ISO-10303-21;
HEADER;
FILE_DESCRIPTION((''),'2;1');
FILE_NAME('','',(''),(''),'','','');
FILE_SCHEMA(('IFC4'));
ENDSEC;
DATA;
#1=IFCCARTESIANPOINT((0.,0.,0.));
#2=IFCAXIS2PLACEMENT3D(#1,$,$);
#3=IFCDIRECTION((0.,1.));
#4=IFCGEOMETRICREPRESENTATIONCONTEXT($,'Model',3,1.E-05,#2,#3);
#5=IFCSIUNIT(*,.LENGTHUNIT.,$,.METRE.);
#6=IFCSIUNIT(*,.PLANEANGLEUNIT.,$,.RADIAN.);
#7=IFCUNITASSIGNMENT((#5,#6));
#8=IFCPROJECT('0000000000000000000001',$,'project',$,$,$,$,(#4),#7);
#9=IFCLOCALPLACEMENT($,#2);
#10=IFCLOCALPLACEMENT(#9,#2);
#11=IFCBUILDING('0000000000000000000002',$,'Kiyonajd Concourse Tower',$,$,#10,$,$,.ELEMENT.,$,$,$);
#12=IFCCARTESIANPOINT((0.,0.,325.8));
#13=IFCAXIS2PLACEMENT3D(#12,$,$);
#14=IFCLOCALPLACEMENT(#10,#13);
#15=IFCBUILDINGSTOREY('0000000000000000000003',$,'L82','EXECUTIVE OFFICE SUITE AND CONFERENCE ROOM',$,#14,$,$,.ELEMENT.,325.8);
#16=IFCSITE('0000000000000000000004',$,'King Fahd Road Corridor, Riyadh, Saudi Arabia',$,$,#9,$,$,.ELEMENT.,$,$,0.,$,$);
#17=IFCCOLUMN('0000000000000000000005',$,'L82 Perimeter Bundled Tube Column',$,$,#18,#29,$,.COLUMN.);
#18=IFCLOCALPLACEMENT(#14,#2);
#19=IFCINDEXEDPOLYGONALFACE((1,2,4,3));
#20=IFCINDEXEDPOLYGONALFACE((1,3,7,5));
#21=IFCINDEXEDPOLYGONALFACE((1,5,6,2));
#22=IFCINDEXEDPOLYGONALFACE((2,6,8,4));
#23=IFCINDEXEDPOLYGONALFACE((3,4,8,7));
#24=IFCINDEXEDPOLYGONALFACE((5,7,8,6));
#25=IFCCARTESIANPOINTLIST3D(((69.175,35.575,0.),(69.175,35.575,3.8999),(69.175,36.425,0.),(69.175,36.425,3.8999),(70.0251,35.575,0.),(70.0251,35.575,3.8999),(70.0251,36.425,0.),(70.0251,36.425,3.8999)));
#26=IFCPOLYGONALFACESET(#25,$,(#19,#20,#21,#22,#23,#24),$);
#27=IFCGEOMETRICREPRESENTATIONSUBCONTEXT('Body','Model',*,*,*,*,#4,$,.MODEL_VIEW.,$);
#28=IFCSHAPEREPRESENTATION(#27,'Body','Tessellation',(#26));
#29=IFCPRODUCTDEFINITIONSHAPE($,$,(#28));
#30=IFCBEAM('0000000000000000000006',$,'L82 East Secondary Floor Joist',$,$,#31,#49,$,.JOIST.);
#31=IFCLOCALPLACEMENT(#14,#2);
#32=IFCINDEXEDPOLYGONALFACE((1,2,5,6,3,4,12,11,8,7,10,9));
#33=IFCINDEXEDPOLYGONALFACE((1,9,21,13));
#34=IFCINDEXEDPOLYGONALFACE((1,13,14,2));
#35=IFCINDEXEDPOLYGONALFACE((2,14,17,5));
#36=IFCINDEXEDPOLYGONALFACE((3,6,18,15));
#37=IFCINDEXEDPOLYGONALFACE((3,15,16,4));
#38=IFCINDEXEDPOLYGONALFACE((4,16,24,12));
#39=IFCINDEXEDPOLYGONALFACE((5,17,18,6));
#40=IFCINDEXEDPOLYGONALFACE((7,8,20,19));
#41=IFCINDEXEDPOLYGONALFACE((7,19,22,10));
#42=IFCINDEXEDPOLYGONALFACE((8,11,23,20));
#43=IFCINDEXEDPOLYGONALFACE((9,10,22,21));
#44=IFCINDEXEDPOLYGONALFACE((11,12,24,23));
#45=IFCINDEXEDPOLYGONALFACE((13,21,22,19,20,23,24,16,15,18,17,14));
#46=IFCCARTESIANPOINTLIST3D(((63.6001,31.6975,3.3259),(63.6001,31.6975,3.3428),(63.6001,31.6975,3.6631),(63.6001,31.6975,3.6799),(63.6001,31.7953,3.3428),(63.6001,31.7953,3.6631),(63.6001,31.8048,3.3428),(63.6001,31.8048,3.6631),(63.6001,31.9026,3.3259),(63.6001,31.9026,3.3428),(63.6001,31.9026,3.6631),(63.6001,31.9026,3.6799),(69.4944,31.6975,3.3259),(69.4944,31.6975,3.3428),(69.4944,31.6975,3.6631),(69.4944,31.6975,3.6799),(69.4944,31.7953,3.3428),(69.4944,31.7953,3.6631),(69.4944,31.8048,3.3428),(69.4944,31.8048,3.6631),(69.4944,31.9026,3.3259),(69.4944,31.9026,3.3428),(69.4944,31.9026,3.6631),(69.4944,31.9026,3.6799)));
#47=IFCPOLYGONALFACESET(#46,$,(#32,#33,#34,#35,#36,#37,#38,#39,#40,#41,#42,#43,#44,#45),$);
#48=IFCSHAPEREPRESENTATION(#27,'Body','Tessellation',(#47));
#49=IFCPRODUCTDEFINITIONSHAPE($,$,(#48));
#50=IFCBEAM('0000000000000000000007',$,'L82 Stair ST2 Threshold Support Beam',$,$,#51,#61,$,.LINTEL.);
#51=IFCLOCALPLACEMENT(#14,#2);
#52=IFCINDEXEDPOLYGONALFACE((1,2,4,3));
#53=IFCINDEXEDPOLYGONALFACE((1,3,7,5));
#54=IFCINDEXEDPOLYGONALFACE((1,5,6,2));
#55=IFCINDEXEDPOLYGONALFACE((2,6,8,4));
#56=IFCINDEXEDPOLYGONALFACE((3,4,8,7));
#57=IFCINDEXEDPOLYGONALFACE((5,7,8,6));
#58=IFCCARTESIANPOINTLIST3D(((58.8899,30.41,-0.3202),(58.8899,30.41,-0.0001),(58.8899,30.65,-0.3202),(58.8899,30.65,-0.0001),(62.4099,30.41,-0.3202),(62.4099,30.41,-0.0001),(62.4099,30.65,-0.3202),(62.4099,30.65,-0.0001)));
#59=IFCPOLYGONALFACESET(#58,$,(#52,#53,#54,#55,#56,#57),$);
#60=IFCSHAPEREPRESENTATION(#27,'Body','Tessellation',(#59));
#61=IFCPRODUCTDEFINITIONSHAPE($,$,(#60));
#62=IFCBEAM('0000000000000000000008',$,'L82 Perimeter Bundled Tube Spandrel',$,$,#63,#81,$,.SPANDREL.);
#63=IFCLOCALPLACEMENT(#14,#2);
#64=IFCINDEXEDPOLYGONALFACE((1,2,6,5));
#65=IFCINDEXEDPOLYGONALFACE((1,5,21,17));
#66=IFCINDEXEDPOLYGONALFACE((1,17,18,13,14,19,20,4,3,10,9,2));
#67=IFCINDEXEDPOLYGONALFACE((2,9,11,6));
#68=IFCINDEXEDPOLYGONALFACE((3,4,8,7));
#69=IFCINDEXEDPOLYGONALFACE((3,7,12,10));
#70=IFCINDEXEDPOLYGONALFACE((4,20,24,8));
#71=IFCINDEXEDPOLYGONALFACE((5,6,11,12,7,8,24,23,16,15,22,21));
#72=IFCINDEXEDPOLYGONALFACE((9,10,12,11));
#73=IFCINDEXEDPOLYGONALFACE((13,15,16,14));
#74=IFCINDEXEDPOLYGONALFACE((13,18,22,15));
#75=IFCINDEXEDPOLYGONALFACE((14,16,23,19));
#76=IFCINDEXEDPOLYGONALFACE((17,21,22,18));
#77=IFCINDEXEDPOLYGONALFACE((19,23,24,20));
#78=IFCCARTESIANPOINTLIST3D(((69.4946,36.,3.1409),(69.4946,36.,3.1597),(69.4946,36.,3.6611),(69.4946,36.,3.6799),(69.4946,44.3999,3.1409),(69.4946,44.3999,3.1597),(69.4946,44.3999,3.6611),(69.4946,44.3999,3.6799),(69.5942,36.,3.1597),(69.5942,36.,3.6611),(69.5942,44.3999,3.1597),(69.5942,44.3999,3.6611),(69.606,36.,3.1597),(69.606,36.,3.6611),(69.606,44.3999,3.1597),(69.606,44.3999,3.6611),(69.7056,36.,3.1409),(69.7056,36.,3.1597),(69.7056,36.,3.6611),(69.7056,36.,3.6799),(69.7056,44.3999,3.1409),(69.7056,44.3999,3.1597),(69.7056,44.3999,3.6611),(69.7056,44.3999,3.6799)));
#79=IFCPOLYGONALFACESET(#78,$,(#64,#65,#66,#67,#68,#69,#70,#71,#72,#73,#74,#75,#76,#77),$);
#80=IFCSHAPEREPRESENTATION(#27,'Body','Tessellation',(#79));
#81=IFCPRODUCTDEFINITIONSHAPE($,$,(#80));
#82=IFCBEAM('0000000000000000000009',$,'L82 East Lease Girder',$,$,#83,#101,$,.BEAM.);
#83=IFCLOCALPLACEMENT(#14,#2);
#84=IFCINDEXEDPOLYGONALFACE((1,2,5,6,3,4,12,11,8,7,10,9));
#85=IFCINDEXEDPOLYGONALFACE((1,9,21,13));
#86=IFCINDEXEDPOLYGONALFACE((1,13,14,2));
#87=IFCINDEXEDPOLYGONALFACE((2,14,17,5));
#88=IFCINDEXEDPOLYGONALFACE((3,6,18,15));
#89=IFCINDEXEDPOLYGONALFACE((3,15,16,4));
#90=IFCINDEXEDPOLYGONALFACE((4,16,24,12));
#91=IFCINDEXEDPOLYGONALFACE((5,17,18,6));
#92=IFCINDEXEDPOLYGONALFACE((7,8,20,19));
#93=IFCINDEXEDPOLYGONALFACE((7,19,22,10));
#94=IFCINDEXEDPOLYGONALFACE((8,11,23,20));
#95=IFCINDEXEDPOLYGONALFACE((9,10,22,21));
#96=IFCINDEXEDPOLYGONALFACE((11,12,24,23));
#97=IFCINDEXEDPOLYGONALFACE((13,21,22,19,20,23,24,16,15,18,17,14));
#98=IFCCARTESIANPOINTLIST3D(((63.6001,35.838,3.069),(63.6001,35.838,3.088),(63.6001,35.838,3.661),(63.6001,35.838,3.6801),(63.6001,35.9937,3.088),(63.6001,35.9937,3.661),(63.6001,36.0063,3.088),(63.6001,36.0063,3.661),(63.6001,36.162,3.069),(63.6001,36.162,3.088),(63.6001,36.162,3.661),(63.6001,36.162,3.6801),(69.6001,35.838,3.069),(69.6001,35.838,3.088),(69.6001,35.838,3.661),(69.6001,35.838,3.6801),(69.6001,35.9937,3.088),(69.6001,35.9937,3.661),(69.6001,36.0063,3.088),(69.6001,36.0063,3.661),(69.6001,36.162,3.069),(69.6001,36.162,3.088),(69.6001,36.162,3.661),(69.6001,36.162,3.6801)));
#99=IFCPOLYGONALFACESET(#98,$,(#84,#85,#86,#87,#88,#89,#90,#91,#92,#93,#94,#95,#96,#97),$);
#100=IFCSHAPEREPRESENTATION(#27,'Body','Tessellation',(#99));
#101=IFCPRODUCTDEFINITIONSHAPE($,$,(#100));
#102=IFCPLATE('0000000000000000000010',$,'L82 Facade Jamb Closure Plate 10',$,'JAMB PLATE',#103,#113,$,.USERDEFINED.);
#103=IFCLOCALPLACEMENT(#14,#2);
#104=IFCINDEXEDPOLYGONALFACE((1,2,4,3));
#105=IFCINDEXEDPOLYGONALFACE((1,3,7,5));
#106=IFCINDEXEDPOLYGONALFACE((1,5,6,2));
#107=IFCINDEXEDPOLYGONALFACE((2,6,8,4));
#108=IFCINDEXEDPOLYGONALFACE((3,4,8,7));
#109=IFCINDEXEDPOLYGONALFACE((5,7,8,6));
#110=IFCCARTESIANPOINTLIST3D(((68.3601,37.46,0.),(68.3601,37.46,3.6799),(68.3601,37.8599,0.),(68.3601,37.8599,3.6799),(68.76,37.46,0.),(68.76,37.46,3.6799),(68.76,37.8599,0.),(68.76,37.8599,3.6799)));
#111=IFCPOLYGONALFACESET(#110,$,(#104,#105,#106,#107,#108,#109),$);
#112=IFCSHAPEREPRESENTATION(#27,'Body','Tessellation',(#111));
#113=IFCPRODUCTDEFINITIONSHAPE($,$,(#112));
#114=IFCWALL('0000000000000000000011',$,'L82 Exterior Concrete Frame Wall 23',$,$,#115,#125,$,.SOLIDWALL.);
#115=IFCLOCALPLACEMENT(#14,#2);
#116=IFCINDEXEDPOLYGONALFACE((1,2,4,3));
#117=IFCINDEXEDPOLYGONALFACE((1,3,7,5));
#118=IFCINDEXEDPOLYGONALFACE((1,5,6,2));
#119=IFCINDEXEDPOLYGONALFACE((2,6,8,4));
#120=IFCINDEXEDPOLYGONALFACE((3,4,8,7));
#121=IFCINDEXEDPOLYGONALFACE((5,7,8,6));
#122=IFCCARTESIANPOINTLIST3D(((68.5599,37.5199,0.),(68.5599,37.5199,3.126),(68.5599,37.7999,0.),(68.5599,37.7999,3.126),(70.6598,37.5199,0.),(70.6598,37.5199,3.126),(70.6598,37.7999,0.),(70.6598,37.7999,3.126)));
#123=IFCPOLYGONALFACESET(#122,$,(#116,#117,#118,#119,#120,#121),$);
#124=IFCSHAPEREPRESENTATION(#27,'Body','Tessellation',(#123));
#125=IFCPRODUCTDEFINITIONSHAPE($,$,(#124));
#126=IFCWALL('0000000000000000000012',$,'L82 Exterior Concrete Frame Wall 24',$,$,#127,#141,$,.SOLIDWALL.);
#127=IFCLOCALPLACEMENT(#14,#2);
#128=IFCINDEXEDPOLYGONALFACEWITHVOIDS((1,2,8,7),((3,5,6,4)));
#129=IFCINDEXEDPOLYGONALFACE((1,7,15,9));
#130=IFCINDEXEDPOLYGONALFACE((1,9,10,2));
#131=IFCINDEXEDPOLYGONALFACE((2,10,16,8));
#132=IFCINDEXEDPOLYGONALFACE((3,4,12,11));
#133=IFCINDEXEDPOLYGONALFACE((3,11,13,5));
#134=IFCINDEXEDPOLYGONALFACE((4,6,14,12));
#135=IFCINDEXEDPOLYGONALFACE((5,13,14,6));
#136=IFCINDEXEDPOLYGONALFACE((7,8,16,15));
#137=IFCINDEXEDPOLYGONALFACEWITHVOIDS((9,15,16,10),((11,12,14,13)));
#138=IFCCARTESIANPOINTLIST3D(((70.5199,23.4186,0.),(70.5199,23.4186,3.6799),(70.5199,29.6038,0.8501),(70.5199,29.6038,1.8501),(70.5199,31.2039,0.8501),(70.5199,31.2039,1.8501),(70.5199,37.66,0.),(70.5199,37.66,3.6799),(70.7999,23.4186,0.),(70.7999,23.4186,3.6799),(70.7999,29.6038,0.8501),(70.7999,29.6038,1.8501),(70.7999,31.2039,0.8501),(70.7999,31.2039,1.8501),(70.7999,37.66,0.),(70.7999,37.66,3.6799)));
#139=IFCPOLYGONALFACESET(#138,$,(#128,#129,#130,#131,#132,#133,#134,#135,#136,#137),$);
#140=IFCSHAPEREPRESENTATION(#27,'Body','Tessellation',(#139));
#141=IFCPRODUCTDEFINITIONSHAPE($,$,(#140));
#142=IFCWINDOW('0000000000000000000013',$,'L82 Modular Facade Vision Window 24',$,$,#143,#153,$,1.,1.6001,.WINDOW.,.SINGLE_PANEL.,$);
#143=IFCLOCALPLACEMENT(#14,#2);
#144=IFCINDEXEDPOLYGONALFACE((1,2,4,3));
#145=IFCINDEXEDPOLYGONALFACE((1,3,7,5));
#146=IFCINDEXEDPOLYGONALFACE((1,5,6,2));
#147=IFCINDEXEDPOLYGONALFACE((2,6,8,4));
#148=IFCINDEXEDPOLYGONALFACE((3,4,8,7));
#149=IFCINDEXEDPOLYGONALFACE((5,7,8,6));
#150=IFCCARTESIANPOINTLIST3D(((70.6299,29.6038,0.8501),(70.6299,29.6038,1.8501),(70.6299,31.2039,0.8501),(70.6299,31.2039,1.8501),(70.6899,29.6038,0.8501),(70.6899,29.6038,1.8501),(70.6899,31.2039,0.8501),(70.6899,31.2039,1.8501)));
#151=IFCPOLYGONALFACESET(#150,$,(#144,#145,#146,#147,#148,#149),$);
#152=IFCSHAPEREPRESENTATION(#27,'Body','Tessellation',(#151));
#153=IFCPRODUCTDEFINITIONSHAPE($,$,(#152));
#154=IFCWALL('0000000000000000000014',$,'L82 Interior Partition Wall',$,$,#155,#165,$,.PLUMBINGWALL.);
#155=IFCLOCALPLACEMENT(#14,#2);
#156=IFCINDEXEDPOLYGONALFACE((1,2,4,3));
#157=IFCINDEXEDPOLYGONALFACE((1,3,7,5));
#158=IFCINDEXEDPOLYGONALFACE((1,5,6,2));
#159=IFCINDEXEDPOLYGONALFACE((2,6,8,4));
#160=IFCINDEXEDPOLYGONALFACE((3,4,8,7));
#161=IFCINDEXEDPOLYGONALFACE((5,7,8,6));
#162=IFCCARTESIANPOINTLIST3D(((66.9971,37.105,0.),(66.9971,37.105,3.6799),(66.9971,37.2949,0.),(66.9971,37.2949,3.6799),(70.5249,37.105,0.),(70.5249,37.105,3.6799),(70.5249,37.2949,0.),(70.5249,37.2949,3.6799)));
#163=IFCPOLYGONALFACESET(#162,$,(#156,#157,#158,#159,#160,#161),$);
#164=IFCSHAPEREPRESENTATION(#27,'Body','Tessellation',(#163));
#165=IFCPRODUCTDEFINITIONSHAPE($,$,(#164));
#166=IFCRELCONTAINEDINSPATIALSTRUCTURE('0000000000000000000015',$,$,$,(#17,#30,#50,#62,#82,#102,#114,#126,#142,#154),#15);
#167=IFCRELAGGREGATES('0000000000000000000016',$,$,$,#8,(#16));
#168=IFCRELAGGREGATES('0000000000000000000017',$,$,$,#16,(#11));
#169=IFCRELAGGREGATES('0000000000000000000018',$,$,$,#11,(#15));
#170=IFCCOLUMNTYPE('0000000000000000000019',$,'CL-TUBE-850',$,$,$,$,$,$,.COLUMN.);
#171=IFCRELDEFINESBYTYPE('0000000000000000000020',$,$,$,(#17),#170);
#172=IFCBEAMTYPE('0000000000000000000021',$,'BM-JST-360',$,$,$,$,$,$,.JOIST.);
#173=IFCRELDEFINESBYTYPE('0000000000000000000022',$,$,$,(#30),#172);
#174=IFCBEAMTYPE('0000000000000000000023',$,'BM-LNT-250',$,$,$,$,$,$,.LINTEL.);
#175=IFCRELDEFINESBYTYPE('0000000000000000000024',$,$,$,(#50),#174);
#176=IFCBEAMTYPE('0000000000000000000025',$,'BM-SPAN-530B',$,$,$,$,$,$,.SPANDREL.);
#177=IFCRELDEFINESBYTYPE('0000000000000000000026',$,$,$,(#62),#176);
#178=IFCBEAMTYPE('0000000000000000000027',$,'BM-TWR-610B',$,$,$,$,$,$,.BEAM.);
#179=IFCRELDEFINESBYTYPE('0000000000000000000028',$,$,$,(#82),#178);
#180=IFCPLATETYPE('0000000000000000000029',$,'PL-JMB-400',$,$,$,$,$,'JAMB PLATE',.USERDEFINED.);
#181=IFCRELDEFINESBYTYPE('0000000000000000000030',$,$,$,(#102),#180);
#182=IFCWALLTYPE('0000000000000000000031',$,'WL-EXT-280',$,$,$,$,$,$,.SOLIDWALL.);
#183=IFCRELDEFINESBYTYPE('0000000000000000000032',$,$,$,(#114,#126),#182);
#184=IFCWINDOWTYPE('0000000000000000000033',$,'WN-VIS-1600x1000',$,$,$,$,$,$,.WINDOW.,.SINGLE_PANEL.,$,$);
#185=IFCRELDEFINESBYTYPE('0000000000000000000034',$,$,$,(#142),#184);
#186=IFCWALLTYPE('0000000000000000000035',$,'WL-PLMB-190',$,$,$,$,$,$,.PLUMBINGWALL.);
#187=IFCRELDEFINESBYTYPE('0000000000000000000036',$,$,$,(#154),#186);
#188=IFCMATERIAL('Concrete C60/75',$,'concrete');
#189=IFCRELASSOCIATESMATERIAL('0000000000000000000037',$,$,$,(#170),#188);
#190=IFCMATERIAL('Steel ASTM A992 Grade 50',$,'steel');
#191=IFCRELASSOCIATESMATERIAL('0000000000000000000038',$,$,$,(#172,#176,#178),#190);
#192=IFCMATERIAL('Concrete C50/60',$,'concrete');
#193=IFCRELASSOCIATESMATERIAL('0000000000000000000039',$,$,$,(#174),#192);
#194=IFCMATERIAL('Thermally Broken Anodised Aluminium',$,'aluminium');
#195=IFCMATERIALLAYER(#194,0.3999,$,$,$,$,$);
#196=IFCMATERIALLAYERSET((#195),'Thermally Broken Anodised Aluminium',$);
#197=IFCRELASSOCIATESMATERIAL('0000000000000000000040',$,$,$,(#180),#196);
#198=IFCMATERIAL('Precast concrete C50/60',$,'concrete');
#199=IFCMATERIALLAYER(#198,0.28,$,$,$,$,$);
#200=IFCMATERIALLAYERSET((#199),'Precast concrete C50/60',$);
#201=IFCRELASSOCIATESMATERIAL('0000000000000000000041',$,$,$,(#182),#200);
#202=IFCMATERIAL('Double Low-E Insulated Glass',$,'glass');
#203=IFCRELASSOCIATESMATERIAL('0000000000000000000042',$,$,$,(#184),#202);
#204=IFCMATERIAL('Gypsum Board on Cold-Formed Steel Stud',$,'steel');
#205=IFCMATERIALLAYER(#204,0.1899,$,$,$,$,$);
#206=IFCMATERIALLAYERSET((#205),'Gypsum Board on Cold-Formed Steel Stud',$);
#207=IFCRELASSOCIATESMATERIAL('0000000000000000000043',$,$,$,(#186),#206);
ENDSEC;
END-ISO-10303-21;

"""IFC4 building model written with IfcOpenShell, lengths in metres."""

from ifc_helpers import new_model, si_unit, direction, frame, frame_2d, origin, origin_2d, place, context, subcontext, project, spatial, rectangle, i_section, extrude, material, layer, layer_set, material_profile, profile_set, type_object, element, fill, save


model = new_model("IFC4")

# Units and contexts
model_context = context("Model", 3, precision=1e-05, world=origin(), true_north=direction((0.0, 1.0)))
body_context = subcontext(model_context, "Body", "Model", "MODEL_VIEW")
ifc_project = project(units=[si_unit("LENGTHUNIT", "METRE"), si_unit("PLANEANGLEUNIT", "RADIAN")], contexts=[model_context])

# Site, building, storey
site_placement = place(None, origin())
site = spatial("IfcSite", under=ifc_project, at=site_placement, Name="King Fahd Road Corridor, Riyadh, Saudi Arabia", CompositionType="ELEMENT", RefElevation=0.0)
building_placement = place(site_placement, origin())
building = spatial("IfcBuilding", under=site, at=building_placement, Name="Kiyonajd Concourse Tower", CompositionType="ELEMENT")
storey_placement = place(building_placement, frame((0.0, 0.0, 325.8)))
storey = spatial("IfcBuildingStorey", under=building, at=storey_placement, Name="L82", Description="EXECUTIVE OFFICE SUITE AND CONFERENCE ROOM", CompositionType="ELEMENT", Elevation=325.8)

# Column
ifc_material_1 = material(Name="Concrete C60/75", Category="concrete")
ifc_material_profile_1 = material_profile(ifc_material_1, rectangle(XDim=0.8501, YDim=0.8501, at=origin_2d()), Name="RC-850x850")
ifc_profile_set_1 = profile_set([ifc_material_profile_1], Name="Concrete C60/75")
column_type = type_object("IfcColumnType", Name="CL-TUBE-850", PredefinedType="COLUMN", material=ifc_profile_set_1)
column_placement = place(storey_placement, frame((69.6001, 36.0, 0.0), z_axis=(0.0, 0.0, 1.0), x_axis=(1.0, 0.0, 0.0)))
element("IfcColumn", 1, at=column_placement, inside=storey, type_object=column_type, Name="L82 Perimeter Bundled Tube Column", PredefinedType="COLUMN", context=body_context, shape_type="SweptSolid", body=[
    extrude(rectangle(XDim=0.8501, YDim=0.8501, at=origin_2d()), origin(), (0.0, 0.0, 1.0), 3.8999),
])

# Beams
ifc_material_2 = material(Name="Steel ASTM A992 Grade 50", Category="steel")
ifc_material_profile_2 = material_profile(ifc_material_2, i_section(OverallWidth=0.2051, OverallDepth=0.354, WebThickness=0.0095, FlangeThickness=0.0168, at=origin_2d()), Name="W360X79")
ifc_profile_set_2 = profile_set([ifc_material_profile_2], Name="Steel ASTM A992 Grade 50")
beam_type_1 = type_object("IfcBeamType", Name="BM-JST-360", PredefinedType="JOIST", material=ifc_profile_set_2)
beam_1_placement = place(storey_placement, frame((63.6001, 31.8, 3.5029), z_axis=(1.0, 0.0, 0.0), x_axis=(0.0, 1.0, 0.0)))
element("IfcBeam", 2, at=beam_1_placement, inside=storey, type_object=beam_type_1, Name="L82 East Secondary Floor Joist", PredefinedType="JOIST", context=body_context, shape_type="SweptSolid", body=[
    extrude(i_section(OverallWidth=0.2051, OverallDepth=0.354, WebThickness=0.0095, FlangeThickness=0.0168, at=origin_2d()), origin(), (0.0, 0.0, 1.0), 5.8943),
])
ifc_material_3 = material(Name="Concrete C50/60", Category="concrete")
ifc_material_profile_3 = material_profile(ifc_material_3, rectangle(XDim=0.24, YDim=0.3201, at=origin_2d()), Name="RCBM-240x320")
ifc_profile_set_3 = profile_set([ifc_material_profile_3], Name="Concrete C50/60")
beam_type_2 = type_object("IfcBeamType", Name="BM-LNT-250", PredefinedType="LINTEL", material=ifc_profile_set_3)
beam_2_placement = place(storey_placement, frame((58.8899, 30.53, -0.1602), z_axis=(1.0, 0.0, 0.0), x_axis=(0.0, 1.0, 0.0)))
element("IfcBeam", 3, at=beam_2_placement, inside=storey, type_object=beam_type_2, Name="L82 Stair ST2 Threshold Support Beam", PredefinedType="LINTEL", context=body_context, shape_type="SweptSolid", body=[
    extrude(rectangle(XDim=0.24, YDim=0.3201, at=origin_2d()), origin(), (0.0, 0.0, 1.0), 3.52),
])
ifc_material_profile_4 = material_profile(ifc_material_2, i_section(OverallWidth=0.2109, OverallDepth=0.5391, WebThickness=0.0117, FlangeThickness=0.0188, at=origin_2d()), Name="W530X109")
ifc_profile_set_4 = profile_set([ifc_material_profile_4], Name="Steel ASTM A992 Grade 50")
beam_type_3 = type_object("IfcBeamType", Name="BM-SPAN-530B", PredefinedType="SPANDREL", material=ifc_profile_set_4)
beam_3_placement = place(storey_placement, frame((69.6001, 36.0, 3.4104), z_axis=(0.0, 1.0, 0.0), x_axis=(-1.0, 0.0, 0.0)))
element("IfcBeam", 4, at=beam_3_placement, inside=storey, type_object=beam_type_3, Name="L82 Perimeter Bundled Tube Spandrel", PredefinedType="SPANDREL", context=body_context, shape_type="SweptSolid", body=[
    extrude(i_section(OverallWidth=0.2109, OverallDepth=0.5391, WebThickness=0.0117, FlangeThickness=0.0188, at=origin_2d()), origin(), (0.0, 0.0, 1.0), 8.3999),
])
ifc_material_profile_5 = material_profile(ifc_material_2, i_section(OverallWidth=0.324, OverallDepth=0.6111, WebThickness=0.0127, FlangeThickness=0.019, at=origin_2d()), Name="W610X155")
ifc_profile_set_5 = profile_set([ifc_material_profile_5], Name="Steel ASTM A992 Grade 50")
beam_type_4 = type_object("IfcBeamType", Name="BM-TWR-610B", PredefinedType="BEAM", material=ifc_profile_set_5)
beam_4_placement = place(storey_placement, frame((63.6001, 36.0, 3.3745), z_axis=(1.0, 0.0, 0.0), x_axis=(0.0, 1.0, 0.0)))
element("IfcBeam", 5, at=beam_4_placement, inside=storey, type_object=beam_type_4, Name="L82 East Lease Girder", PredefinedType="BEAM", context=body_context, shape_type="SweptSolid", body=[
    extrude(i_section(OverallWidth=0.324, OverallDepth=0.6111, WebThickness=0.0127, FlangeThickness=0.019, at=origin_2d()), origin(), (0.0, 0.0, 1.0), 6.0),
])

# Plate
ifc_material_4 = material(Name="Thermally Broken Anodised Aluminium", Category="aluminium")
ifc_layer_1 = layer(ifc_material_4, 0.3999)
ifc_layer_set_1 = layer_set([ifc_layer_1], Name="Thermally Broken Anodised Aluminium")
plate_type = type_object("IfcPlateType", Name="PL-JMB-400", ElementType="JAMB PLATE", PredefinedType="USERDEFINED", material=ifc_layer_set_1)
plate_placement = place(storey_placement, frame((68.5601, 37.6599, 0.0), z_axis=(0.0, 0.0, 1.0), x_axis=(1.0, 0.0, 0.0)))
element("IfcPlate", 6, at=plate_placement, inside=storey, type_object=plate_type, Name="L82 Facade Jamb Closure Plate 10", ObjectType="JAMB PLATE", PredefinedType="USERDEFINED", context=body_context, shape_type="SweptSolid", body=[
    extrude(rectangle(XDim=0.3999, YDim=0.3999, at=origin_2d()), origin(), (0.0, 0.0, 1.0), 3.6799),
])

# Wall
ifc_material_5 = material(Name="Precast concrete C50/60", Category="concrete")
ifc_layer_2 = layer(ifc_material_5, 0.28)
ifc_layer_set_2 = layer_set([ifc_layer_2], Name="Precast concrete C50/60")
wall_type_1 = type_object("IfcWallType", Name="WL-EXT-280", PredefinedType="SOLIDWALL", material=ifc_layer_set_2)
wall_1_placement = place(storey_placement, frame((68.5601, 37.6599, 0.0), z_axis=(0.0, 0.0, 1.0), x_axis=(1.0, 0.0, 0.0)))
element("IfcWall", 7, at=wall_1_placement, inside=storey, type_object=wall_type_1, Name="L82 Exterior Concrete Frame Wall 23", PredefinedType="SOLIDWALL", context=body_context, shape_type="SweptSolid", body=[
    extrude(rectangle(XDim=2.0999, YDim=0.28, at=frame_2d((1.0498, 0.0))), origin(), (0.0, 0.0, 1.0), 3.126),
])

# Wall, opening, window
wall_2_placement = place(storey_placement, frame((70.6599, 37.6599, 0.0), z_axis=(0.0, 0.0, 1.0), x_axis=(0.0, -1.0, 0.0)))
wall_2 = element("IfcWall", 8, at=wall_2_placement, inside=storey, type_object=wall_type_1, Name="L82 Exterior Concrete Frame Wall 24", PredefinedType="SOLIDWALL", context=body_context, shape_type="SweptSolid", body=[
    extrude(rectangle(XDim=14.2415, YDim=0.28, at=frame_2d((7.1206, 0.0))), origin(), (0.0, 0.0, 1.0), 3.6799),
])
opening_placement = place(wall_2_placement, frame((6.4561, 0.0, 0.8501)))
opening = element("IfcOpeningElement", 9, at=opening_placement, cuts=wall_2, PredefinedType="OPENING", context=body_context, shape_type="SweptSolid", body=[
    extrude(rectangle(XDim=1.6001, YDim=1.0, at=frame_2d((0.8, 0.5))), frame((0.0, 0.1499, 0.0), z_axis=(0.0, -1.0, 0.0), x_axis=(1.0, 0.0, 0.0)), (0.0, 0.0, 1.0), 0.3),
])
ifc_material_6 = material(Name="Double Low-E Insulated Glass", Category="glass")
window_type = type_object("IfcWindowType", Name="WN-VIS-1600x1000", PartitioningType="SINGLE_PANEL", PredefinedType="WINDOW", material=ifc_material_6)
window_placement = place(opening_placement, origin())
window = element("IfcWindow", 10, at=window_placement, inside=storey, type_object=window_type, Name="L82 Modular Facade Vision Window 24", OverallHeight=1.0, OverallWidth=1.6001, PartitioningType="SINGLE_PANEL", PredefinedType="WINDOW", context=body_context, shape_type="SweptSolid", body=[
    extrude(rectangle(XDim=1.6001, YDim=1.0, at=frame_2d((0.8, 0.5))), frame((0.0, 0.03, 0.0), z_axis=(0.0, -1.0, 0.0), x_axis=(1.0, 0.0, 0.0)), (0.0, 0.0, 1.0), 0.0601),
])
fill(opening, window)

# Wall
ifc_material_7 = material(Name="Gypsum Board on Cold-Formed Steel Stud", Category="steel")
ifc_layer_3 = layer(ifc_material_7, 0.1899)
ifc_layer_set_3 = layer_set([ifc_layer_3], Name="Gypsum Board on Cold-Formed Steel Stud")
wall_type_2 = type_object("IfcWallType", Name="WL-PLMB-190", PredefinedType="PLUMBINGWALL", material=ifc_layer_set_3)
wall_3_placement = place(storey_placement, frame((66.9971, 37.2, 0.0), z_axis=(0.0, 0.0, 1.0), x_axis=(1.0, 0.0, 0.0)))
element("IfcWall", 11, at=wall_3_placement, inside=storey, type_object=wall_type_2, Name="L82 Interior Partition Wall", PredefinedType="PLUMBINGWALL", context=body_context, shape_type="SweptSolid", body=[
    extrude(rectangle(XDim=3.5278, YDim=0.1899, at=frame_2d((1.7639, 0.0))), origin(), (0.0, 0.0, 1.0), 3.6799),
])

save(model, "model.ifc")
